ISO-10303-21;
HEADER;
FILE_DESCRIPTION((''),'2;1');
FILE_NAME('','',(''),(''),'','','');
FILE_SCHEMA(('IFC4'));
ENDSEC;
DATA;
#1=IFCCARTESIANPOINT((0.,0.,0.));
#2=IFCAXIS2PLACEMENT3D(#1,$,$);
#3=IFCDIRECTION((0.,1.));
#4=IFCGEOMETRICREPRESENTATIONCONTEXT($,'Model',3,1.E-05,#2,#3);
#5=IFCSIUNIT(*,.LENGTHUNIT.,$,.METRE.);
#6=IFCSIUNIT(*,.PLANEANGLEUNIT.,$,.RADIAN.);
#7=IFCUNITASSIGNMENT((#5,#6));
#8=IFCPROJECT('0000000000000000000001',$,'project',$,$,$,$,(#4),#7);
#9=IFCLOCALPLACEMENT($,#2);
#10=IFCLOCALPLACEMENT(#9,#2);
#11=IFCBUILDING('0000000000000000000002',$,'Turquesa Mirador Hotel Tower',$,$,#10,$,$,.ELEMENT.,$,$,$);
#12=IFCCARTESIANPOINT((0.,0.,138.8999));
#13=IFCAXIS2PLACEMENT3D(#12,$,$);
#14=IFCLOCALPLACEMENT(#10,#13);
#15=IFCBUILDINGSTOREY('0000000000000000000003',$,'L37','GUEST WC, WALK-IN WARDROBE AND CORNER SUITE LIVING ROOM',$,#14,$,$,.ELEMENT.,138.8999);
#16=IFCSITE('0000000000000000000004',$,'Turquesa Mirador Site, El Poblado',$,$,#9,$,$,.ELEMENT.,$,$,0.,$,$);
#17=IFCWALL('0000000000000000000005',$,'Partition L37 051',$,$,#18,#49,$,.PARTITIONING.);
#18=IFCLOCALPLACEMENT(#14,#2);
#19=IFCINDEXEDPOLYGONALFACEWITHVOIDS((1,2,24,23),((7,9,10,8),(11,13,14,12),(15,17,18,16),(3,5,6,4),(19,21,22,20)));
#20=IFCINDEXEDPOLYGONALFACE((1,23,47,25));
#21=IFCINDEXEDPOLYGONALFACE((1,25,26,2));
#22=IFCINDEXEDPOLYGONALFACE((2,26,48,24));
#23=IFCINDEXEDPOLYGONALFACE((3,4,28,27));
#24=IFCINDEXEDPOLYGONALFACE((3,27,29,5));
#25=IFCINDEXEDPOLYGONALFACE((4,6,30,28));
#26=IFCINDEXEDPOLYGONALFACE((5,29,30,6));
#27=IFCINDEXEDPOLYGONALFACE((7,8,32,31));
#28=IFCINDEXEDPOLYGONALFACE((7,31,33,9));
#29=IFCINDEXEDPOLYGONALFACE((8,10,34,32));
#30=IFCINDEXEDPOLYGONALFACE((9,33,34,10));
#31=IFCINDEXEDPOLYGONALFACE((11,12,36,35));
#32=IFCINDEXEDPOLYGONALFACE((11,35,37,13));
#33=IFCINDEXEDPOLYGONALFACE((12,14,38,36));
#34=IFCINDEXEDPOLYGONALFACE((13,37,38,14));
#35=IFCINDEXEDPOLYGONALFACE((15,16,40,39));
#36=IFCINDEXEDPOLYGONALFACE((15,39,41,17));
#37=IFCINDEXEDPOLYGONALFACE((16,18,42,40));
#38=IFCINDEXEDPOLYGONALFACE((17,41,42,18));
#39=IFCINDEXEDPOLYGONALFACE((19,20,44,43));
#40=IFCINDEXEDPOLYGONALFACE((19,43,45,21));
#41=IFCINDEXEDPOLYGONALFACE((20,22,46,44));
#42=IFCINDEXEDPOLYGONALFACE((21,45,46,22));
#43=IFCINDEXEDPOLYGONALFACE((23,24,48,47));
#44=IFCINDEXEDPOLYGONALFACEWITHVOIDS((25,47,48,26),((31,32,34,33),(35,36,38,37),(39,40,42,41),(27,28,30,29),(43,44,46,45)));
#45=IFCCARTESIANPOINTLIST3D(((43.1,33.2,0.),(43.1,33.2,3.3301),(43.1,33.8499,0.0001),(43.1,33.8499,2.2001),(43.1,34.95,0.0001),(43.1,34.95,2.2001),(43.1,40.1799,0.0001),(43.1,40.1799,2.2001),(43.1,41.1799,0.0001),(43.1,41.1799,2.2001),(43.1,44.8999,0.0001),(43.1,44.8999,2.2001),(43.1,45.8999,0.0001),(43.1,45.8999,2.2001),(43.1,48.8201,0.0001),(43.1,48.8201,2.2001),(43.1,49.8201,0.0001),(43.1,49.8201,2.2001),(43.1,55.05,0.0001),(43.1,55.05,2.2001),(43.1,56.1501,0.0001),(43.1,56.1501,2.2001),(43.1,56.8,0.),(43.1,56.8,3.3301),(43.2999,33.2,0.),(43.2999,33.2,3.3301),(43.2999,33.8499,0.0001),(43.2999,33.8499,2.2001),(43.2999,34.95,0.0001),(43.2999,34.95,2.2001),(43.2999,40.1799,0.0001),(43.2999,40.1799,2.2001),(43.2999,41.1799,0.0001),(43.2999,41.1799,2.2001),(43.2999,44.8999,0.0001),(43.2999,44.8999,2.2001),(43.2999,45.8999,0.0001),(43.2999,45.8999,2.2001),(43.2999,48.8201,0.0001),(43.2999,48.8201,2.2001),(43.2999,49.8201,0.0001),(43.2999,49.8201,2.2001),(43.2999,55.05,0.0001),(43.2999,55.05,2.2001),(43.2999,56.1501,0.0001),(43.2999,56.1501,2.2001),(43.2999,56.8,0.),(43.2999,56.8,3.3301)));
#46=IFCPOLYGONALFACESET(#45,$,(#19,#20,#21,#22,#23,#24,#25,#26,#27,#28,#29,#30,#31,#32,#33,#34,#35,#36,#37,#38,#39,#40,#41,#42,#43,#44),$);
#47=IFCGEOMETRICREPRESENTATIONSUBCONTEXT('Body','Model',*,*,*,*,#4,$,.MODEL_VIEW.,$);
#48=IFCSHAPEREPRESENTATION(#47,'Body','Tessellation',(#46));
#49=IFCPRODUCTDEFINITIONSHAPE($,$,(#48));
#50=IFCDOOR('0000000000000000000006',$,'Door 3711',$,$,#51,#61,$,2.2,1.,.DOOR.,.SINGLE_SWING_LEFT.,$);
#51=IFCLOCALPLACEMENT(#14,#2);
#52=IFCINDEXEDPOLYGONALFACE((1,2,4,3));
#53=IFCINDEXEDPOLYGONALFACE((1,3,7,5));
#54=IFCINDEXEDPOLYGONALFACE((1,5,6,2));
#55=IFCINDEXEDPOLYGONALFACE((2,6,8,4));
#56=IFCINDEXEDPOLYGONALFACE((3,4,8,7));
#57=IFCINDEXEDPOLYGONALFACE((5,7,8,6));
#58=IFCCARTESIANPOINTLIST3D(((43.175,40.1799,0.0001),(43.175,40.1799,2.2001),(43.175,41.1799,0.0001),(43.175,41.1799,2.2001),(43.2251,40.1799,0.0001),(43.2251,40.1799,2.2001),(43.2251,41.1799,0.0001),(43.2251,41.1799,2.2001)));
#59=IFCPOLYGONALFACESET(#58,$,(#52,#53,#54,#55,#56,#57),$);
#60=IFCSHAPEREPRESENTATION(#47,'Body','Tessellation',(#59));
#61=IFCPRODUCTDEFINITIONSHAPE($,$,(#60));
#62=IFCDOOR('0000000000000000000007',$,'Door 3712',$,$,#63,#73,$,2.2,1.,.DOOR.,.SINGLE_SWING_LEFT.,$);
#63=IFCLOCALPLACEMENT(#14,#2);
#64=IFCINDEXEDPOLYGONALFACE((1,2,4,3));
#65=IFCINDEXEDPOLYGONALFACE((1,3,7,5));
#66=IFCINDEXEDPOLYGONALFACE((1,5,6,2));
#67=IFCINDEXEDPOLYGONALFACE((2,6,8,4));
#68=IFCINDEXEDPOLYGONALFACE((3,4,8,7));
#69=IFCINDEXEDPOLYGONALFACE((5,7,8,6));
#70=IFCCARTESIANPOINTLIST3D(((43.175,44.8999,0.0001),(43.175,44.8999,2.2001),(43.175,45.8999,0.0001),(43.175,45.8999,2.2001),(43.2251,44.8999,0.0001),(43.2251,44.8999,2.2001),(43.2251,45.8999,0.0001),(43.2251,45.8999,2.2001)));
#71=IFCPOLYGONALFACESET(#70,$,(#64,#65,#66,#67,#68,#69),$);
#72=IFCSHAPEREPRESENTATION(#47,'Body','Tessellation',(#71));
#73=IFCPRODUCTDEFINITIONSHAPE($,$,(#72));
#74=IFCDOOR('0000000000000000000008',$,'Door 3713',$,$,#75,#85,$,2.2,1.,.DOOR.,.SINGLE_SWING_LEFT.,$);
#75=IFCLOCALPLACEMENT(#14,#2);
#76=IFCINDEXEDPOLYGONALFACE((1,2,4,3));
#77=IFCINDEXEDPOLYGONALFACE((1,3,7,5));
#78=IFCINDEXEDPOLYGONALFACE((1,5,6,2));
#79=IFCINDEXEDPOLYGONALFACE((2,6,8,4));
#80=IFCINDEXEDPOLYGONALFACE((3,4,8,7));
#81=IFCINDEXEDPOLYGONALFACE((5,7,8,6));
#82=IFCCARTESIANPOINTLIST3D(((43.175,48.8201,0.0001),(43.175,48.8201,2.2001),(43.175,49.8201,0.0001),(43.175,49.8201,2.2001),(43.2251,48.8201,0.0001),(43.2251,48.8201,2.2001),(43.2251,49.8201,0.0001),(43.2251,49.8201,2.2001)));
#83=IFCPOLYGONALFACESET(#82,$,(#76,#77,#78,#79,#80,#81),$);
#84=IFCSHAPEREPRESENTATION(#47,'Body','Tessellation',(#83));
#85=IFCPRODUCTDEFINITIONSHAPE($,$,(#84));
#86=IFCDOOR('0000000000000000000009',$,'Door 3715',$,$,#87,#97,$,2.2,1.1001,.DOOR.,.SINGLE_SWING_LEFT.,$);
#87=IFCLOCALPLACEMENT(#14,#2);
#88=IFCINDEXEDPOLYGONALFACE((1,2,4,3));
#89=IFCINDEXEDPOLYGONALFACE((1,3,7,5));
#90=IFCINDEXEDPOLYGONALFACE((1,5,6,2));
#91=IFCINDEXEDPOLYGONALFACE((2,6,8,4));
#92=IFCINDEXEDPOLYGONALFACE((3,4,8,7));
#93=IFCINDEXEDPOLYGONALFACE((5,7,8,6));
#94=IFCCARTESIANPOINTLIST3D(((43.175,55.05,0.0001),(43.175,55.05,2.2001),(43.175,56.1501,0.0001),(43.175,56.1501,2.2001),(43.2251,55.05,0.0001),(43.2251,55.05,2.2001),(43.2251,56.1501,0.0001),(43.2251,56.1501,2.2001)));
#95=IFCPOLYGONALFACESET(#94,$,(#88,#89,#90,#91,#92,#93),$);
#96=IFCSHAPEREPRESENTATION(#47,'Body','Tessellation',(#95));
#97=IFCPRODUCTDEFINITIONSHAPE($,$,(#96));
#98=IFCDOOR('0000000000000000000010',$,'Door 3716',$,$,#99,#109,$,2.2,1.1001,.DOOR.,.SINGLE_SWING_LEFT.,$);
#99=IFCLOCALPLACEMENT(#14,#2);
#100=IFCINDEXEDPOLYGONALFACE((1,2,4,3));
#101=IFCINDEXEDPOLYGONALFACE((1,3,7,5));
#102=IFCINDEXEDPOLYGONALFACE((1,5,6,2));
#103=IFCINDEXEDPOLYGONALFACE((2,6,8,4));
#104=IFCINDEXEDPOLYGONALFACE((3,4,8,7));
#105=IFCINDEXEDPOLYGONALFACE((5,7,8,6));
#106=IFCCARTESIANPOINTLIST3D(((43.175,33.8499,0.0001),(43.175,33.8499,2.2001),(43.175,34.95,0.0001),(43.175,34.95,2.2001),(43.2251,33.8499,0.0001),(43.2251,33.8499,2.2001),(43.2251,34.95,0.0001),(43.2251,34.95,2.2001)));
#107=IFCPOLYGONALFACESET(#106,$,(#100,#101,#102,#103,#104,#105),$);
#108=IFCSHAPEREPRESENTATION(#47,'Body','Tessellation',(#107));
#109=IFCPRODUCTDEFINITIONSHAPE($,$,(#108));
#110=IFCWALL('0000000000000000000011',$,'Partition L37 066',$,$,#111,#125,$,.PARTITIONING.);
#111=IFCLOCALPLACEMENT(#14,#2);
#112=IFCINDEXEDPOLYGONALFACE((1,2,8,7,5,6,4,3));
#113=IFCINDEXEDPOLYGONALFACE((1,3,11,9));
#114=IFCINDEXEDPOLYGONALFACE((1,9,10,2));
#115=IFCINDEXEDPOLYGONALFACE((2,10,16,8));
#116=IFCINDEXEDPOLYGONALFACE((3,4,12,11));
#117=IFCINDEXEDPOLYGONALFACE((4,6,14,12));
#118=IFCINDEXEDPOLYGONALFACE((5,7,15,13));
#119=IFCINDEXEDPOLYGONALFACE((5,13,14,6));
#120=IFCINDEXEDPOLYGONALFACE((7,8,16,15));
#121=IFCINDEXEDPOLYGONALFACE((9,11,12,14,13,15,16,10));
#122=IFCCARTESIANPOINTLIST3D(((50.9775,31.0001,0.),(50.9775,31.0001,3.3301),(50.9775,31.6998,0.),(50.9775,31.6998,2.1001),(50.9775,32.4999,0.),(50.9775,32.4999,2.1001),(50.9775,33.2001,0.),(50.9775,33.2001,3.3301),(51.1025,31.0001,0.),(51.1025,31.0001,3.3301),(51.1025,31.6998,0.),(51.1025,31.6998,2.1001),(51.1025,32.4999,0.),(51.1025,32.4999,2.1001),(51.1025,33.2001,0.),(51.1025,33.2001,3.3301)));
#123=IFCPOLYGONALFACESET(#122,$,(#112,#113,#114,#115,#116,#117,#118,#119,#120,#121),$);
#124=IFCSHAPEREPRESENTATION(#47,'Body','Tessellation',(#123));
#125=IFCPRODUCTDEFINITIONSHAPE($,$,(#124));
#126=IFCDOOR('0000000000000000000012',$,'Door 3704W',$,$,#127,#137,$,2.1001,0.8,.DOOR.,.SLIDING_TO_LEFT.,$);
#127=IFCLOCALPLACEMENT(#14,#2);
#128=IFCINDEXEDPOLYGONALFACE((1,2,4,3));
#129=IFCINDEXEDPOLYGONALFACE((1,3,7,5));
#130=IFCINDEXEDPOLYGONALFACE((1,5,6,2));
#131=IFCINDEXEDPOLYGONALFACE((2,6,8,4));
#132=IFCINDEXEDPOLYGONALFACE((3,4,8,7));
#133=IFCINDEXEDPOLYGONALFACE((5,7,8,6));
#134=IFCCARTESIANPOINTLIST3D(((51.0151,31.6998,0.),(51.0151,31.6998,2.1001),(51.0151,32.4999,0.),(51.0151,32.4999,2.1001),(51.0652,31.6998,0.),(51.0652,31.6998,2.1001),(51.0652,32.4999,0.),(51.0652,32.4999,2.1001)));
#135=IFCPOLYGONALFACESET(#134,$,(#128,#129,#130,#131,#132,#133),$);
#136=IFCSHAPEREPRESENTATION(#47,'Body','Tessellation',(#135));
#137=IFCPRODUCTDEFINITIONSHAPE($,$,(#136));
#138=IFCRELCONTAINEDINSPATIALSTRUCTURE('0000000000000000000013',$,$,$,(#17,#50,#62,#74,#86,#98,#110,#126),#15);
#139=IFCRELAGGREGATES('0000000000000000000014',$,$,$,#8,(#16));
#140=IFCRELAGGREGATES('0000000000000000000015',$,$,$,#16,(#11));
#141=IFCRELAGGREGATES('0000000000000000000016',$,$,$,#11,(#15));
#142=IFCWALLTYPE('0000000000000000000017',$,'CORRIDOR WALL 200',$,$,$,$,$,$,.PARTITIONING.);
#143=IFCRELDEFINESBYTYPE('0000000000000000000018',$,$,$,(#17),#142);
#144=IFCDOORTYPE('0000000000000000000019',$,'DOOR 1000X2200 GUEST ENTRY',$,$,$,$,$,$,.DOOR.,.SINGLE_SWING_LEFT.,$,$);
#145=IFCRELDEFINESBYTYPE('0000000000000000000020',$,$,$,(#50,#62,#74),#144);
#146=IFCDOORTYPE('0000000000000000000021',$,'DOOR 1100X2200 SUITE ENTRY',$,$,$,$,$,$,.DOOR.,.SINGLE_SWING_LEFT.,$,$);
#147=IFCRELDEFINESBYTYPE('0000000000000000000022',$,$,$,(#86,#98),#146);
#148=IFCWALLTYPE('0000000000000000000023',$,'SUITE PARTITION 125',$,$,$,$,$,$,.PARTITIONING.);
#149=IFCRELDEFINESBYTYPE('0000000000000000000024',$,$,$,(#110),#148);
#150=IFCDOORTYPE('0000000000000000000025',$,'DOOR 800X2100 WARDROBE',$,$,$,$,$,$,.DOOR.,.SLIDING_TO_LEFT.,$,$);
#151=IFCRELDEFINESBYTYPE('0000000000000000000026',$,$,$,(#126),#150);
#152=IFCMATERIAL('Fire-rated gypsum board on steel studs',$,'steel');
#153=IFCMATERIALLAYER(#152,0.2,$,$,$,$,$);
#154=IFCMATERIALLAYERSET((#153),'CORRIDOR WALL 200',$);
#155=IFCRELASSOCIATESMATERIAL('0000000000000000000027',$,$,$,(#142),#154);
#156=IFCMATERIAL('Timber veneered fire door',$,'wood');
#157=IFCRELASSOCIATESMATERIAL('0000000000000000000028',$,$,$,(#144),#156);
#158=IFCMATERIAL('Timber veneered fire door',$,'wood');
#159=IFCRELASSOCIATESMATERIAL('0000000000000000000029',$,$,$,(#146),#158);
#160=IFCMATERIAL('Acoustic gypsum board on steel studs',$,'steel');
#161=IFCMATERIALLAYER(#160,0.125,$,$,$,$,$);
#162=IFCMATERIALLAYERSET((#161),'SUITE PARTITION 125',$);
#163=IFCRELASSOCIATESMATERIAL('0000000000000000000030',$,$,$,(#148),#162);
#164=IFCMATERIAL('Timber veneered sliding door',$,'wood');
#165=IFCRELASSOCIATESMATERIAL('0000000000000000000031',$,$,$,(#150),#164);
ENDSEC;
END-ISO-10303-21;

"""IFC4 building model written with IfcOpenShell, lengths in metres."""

from ifc_helpers import new_model, si_unit, direction, frame, frame_2d, origin, place, context, subcontext, project, spatial, rectangle, extrude, material, layer, layer_set, type_object, element, fill, save


model = new_model("IFC4")

# Units and contexts
model_context = context("Model", 3, precision=1e-05, world=origin(), true_north=direction((0.0, 1.0)))
body_context = subcontext(model_context, "Body", "Model", "MODEL_VIEW")
ifc_project = project(units=[si_unit("LENGTHUNIT", "METRE"), si_unit("PLANEANGLEUNIT", "RADIAN")], contexts=[model_context])

# Site, building, storey
site_placement = place(None, origin())
site = spatial("IfcSite", under=ifc_project, at=site_placement, Name="Turquesa Mirador Site, El Poblado", CompositionType="ELEMENT", RefElevation=0.0)
building_placement = place(site_placement, origin())
building = spatial("IfcBuilding", under=site, at=building_placement, Name="Turquesa Mirador Hotel Tower", CompositionType="ELEMENT")
storey_placement = place(building_placement, frame((0.0, 0.0, 138.8999)))
storey = spatial("IfcBuildingStorey", under=building, at=storey_placement, Name="L37", Description="GUEST WC, WALK-IN WARDROBE AND CORNER SUITE LIVING ROOM", CompositionType="ELEMENT", Elevation=138.8999)

# Wall, openings, doors
ifc_material_1 = material(Name="Fire-rated gypsum board on steel studs", Category="steel")
ifc_layer_1 = layer(ifc_material_1, 0.2)
ifc_layer_set_1 = layer_set([ifc_layer_1], Name="CORRIDOR WALL 200")
wall_type_1 = type_object("IfcWallType", Name="CORRIDOR WALL 200", PredefinedType="PARTITIONING", material=ifc_layer_set_1)
ifc_material_2 = material(Name="Timber veneered fire door", Category="wood")
door_type_1 = type_object("IfcDoorType", Name="DOOR 1000X2200 GUEST ENTRY", OperationType="SINGLE_SWING_LEFT", PredefinedType="DOOR", material=ifc_material_2)
wall_1_placement = place(storey_placement, frame((43.2, 33.2, 0.0), z_axis=(0.0, 0.0, 1.0), x_axis=(0.0, 1.0, 0.0)))
wall_1 = element("IfcWall", 1, at=wall_1_placement, inside=storey, type_object=wall_type_1, Name="Partition L37 051", PredefinedType="PARTITIONING", context=body_context, shape_type="SweptSolid", body=[
    extrude(rectangle(XDim=23.6001, YDim=0.2, at=frame_2d((11.8, 0.0))), origin(), (0.0, 0.0, 1.0), 3.3301),
])
opening_1_placement = place(wall_1_placement, frame((6.98, 0.0, 0.0)))
opening_1 = element("IfcOpeningElement", 2, at=opening_1_placement, cuts=wall_1, PredefinedType="OPENING", context=body_context, shape_type="SweptSolid", body=[
    extrude(rectangle(XDim=1.0, YDim=2.2, at=frame_2d((0.5, 1.1001))), frame((0.0, 0.1099, 0.0), z_axis=(0.0, -1.0, 0.0), x_axis=(1.0, 0.0, 0.0)), (0.0, 0.0, 1.0), 0.22),
])
opening_2_placement = place(wall_1_placement, frame((11.7, 0.0, 0.0)))
opening_2 = element("IfcOpeningElement", 3, at=opening_2_placement, cuts=wall_1, PredefinedType="OPENING", context=body_context, shape_type="SweptSolid", body=[
    extrude(rectangle(XDim=1.0, YDim=2.2, at=frame_2d((0.5, 1.1001))), frame((0.0, 0.1099, 0.0), z_axis=(0.0, -1.0, 0.0), x_axis=(1.0, 0.0, 0.0)), (0.0, 0.0, 1.0), 0.22),
])
opening_3_placement = place(wall_1_placement, frame((15.6201, 0.0, 0.0)))
opening_3 = element("IfcOpeningElement", 4, at=opening_3_placement, cuts=wall_1, PredefinedType="OPENING", context=body_context, shape_type="SweptSolid", body=[
    extrude(rectangle(XDim=1.0, YDim=2.2, at=frame_2d((0.5, 1.1001))), frame((0.0, 0.1099, 0.0), z_axis=(0.0, -1.0, 0.0), x_axis=(1.0, 0.0, 0.0)), (0.0, 0.0, 1.0), 0.22),
])
opening_4_placement = place(wall_1_placement, frame((21.8501, 0.0, 0.0)))
opening_4 = element("IfcOpeningElement", 5, at=opening_4_placement, cuts=wall_1, PredefinedType="OPENING", context=body_context, shape_type="SweptSolid", body=[
    extrude(rectangle(XDim=1.1001, YDim=2.2, at=frame_2d((0.55, 1.1001))), frame((0.0, 0.1099, 0.0), z_axis=(0.0, -1.0, 0.0), x_axis=(1.0, 0.0, 0.0)), (0.0, 0.0, 1.0), 0.22),
])
opening_5_placement = place(wall_1_placement, frame((0.6499, 0.0, 0.0)))
opening_5 = element("IfcOpeningElement", 6, at=opening_5_placement, cuts=wall_1, PredefinedType="OPENING", context=body_context, shape_type="SweptSolid", body=[
    extrude(rectangle(XDim=1.1001, YDim=2.2, at=frame_2d((0.55, 1.1001))), frame((0.0, 0.1099, 0.0), z_axis=(0.0, -1.0, 0.0), x_axis=(1.0, 0.0, 0.0)), (0.0, 0.0, 1.0), 0.22),
])
door_1_placement = place(opening_1_placement, origin())
door_1 = element("IfcDoor", 7, at=door_1_placement, inside=storey, type_object=door_type_1, Name="Door 3711", OperationType="SINGLE_SWING_LEFT", OverallHeight=2.2, OverallWidth=1.0, PredefinedType="DOOR", context=body_context, shape_type="SweptSolid", body=[
    extrude(rectangle(XDim=1.0, YDim=2.2, at=frame_2d((0.5, 1.1001))), frame((0.0, 0.0249, 0.0), z_axis=(0.0, -1.0, 0.0), x_axis=(1.0, 0.0, 0.0)), (0.0, 0.0, 1.0), 0.05),
])
fill(opening_1, door_1)
door_2_placement = place(opening_2_placement, origin())
door_2 = element("IfcDoor", 8, at=door_2_placement, inside=storey, type_object=door_type_1, Name="Door 3712", OperationType="SINGLE_SWING_LEFT", OverallHeight=2.2, OverallWidth=1.0, PredefinedType="DOOR", context=body_context, shape_type="SweptSolid", body=[
    extrude(rectangle(XDim=1.0, YDim=2.2, at=frame_2d((0.5, 1.1001))), frame((0.0, 0.0249, 0.0), z_axis=(0.0, -1.0, 0.0), x_axis=(1.0, 0.0, 0.0)), (0.0, 0.0, 1.0), 0.05),
])
fill(opening_2, door_2)
door_3_placement = place(opening_3_placement, origin())
door_3 = element("IfcDoor", 9, at=door_3_placement, inside=storey, type_object=door_type_1, Name="Door 3713", OperationType="SINGLE_SWING_LEFT", OverallHeight=2.2, OverallWidth=1.0, PredefinedType="DOOR", context=body_context, shape_type="SweptSolid", body=[
    extrude(rectangle(XDim=1.0, YDim=2.2, at=frame_2d((0.5, 1.1001))), frame((0.0, 0.0249, 0.0), z_axis=(0.0, -1.0, 0.0), x_axis=(1.0, 0.0, 0.0)), (0.0, 0.0, 1.0), 0.05),
])
fill(opening_3, door_3)
ifc_material_3 = material(Name="Timber veneered fire door", Category="wood")
door_type_2 = type_object("IfcDoorType", Name="DOOR 1100X2200 SUITE ENTRY", OperationType="SINGLE_SWING_LEFT", PredefinedType="DOOR", material=ifc_material_3)
door_4_placement = place(opening_4_placement, origin())
door_4 = element("IfcDoor", 10, at=door_4_placement, inside=storey, type_object=door_type_2, Name="Door 3715", OperationType="SINGLE_SWING_LEFT", OverallHeight=2.2, OverallWidth=1.1001, PredefinedType="DOOR", context=body_context, shape_type="SweptSolid", body=[
    extrude(rectangle(XDim=1.1001, YDim=2.2, at=frame_2d((0.55, 1.1001))), frame((0.0, 0.0249, 0.0), z_axis=(0.0, -1.0, 0.0), x_axis=(1.0, 0.0, 0.0)), (0.0, 0.0, 1.0), 0.05),
])
fill(opening_4, door_4)
door_5_placement = place(opening_5_placement, origin())
door_5 = element("IfcDoor", 11, at=door_5_placement, inside=storey, type_object=door_type_2, Name="Door 3716", OperationType="SINGLE_SWING_LEFT", OverallHeight=2.2, OverallWidth=1.1001, PredefinedType="DOOR", context=body_context, shape_type="SweptSolid", body=[
    extrude(rectangle(XDim=1.1001, YDim=2.2, at=frame_2d((0.55, 1.1001))), frame((0.0, 0.0249, 0.0), z_axis=(0.0, -1.0, 0.0), x_axis=(1.0, 0.0, 0.0)), (0.0, 0.0, 1.0), 0.05),
])
fill(opening_5, door_5)

# Wall, opening, door
ifc_material_4 = material(Name="Acoustic gypsum board on steel studs", Category="steel")
ifc_layer_2 = layer(ifc_material_4, 0.125)
ifc_layer_set_2 = layer_set([ifc_layer_2], Name="SUITE PARTITION 125")
wall_type_2 = type_object("IfcWallType", Name="SUITE PARTITION 125", PredefinedType="PARTITIONING", material=ifc_layer_set_2)
wall_2_placement = place(storey_placement, frame((51.04, 31.0, 0.0), z_axis=(0.0, 0.0, 1.0), x_axis=(0.0, 1.0, 0.0)))
wall_2 = element("IfcWall", 12, at=wall_2_placement, inside=storey, type_object=wall_type_2, Name="Partition L37 066", PredefinedType="PARTITIONING", context=body_context, shape_type="SweptSolid", body=[
    extrude(rectangle(XDim=2.2, YDim=0.125, at=frame_2d((1.1001, 0.0))), origin(), (0.0, 0.0, 1.0), 3.3301),
])
opening_6_placement = place(wall_2_placement, frame((0.7, 0.0, 0.0)))
opening_6 = element("IfcOpeningElement", 13, at=opening_6_placement, cuts=wall_2, PredefinedType="OPENING", context=body_context, shape_type="SweptSolid", body=[
    extrude(rectangle(XDim=0.8, YDim=2.1001, at=frame_2d((0.3999, 1.05))), frame((0.0, 0.0725, 0.0), z_axis=(0.0, -1.0, 0.0), x_axis=(1.0, 0.0, 0.0)), (0.0, 0.0, 1.0), 0.145),
])
ifc_material_5 = material(Name="Timber veneered sliding door", Category="wood")
door_type_3 = type_object("IfcDoorType", Name="DOOR 800X2100 WARDROBE", OperationType="SLIDING_TO_LEFT", PredefinedType="DOOR", material=ifc_material_5)
door_6_placement = place(opening_6_placement, origin())
door_6 = element("IfcDoor", 14, at=door_6_placement, inside=storey, type_object=door_type_3, Name="Door 3704W", OperationType="SLIDING_TO_LEFT", OverallHeight=2.1001, OverallWidth=0.8, PredefinedType="DOOR", context=body_context, shape_type="SweptSolid", body=[
    extrude(rectangle(XDim=0.8, YDim=2.1001, at=frame_2d((0.3999, 1.05))), frame((0.0, 0.0249, 0.0), z_axis=(0.0, -1.0, 0.0), x_axis=(1.0, 0.0, 0.0)), (0.0, 0.0, 1.0), 0.05),
])
fill(opening_6, door_6)

save(model, "model.ifc")
